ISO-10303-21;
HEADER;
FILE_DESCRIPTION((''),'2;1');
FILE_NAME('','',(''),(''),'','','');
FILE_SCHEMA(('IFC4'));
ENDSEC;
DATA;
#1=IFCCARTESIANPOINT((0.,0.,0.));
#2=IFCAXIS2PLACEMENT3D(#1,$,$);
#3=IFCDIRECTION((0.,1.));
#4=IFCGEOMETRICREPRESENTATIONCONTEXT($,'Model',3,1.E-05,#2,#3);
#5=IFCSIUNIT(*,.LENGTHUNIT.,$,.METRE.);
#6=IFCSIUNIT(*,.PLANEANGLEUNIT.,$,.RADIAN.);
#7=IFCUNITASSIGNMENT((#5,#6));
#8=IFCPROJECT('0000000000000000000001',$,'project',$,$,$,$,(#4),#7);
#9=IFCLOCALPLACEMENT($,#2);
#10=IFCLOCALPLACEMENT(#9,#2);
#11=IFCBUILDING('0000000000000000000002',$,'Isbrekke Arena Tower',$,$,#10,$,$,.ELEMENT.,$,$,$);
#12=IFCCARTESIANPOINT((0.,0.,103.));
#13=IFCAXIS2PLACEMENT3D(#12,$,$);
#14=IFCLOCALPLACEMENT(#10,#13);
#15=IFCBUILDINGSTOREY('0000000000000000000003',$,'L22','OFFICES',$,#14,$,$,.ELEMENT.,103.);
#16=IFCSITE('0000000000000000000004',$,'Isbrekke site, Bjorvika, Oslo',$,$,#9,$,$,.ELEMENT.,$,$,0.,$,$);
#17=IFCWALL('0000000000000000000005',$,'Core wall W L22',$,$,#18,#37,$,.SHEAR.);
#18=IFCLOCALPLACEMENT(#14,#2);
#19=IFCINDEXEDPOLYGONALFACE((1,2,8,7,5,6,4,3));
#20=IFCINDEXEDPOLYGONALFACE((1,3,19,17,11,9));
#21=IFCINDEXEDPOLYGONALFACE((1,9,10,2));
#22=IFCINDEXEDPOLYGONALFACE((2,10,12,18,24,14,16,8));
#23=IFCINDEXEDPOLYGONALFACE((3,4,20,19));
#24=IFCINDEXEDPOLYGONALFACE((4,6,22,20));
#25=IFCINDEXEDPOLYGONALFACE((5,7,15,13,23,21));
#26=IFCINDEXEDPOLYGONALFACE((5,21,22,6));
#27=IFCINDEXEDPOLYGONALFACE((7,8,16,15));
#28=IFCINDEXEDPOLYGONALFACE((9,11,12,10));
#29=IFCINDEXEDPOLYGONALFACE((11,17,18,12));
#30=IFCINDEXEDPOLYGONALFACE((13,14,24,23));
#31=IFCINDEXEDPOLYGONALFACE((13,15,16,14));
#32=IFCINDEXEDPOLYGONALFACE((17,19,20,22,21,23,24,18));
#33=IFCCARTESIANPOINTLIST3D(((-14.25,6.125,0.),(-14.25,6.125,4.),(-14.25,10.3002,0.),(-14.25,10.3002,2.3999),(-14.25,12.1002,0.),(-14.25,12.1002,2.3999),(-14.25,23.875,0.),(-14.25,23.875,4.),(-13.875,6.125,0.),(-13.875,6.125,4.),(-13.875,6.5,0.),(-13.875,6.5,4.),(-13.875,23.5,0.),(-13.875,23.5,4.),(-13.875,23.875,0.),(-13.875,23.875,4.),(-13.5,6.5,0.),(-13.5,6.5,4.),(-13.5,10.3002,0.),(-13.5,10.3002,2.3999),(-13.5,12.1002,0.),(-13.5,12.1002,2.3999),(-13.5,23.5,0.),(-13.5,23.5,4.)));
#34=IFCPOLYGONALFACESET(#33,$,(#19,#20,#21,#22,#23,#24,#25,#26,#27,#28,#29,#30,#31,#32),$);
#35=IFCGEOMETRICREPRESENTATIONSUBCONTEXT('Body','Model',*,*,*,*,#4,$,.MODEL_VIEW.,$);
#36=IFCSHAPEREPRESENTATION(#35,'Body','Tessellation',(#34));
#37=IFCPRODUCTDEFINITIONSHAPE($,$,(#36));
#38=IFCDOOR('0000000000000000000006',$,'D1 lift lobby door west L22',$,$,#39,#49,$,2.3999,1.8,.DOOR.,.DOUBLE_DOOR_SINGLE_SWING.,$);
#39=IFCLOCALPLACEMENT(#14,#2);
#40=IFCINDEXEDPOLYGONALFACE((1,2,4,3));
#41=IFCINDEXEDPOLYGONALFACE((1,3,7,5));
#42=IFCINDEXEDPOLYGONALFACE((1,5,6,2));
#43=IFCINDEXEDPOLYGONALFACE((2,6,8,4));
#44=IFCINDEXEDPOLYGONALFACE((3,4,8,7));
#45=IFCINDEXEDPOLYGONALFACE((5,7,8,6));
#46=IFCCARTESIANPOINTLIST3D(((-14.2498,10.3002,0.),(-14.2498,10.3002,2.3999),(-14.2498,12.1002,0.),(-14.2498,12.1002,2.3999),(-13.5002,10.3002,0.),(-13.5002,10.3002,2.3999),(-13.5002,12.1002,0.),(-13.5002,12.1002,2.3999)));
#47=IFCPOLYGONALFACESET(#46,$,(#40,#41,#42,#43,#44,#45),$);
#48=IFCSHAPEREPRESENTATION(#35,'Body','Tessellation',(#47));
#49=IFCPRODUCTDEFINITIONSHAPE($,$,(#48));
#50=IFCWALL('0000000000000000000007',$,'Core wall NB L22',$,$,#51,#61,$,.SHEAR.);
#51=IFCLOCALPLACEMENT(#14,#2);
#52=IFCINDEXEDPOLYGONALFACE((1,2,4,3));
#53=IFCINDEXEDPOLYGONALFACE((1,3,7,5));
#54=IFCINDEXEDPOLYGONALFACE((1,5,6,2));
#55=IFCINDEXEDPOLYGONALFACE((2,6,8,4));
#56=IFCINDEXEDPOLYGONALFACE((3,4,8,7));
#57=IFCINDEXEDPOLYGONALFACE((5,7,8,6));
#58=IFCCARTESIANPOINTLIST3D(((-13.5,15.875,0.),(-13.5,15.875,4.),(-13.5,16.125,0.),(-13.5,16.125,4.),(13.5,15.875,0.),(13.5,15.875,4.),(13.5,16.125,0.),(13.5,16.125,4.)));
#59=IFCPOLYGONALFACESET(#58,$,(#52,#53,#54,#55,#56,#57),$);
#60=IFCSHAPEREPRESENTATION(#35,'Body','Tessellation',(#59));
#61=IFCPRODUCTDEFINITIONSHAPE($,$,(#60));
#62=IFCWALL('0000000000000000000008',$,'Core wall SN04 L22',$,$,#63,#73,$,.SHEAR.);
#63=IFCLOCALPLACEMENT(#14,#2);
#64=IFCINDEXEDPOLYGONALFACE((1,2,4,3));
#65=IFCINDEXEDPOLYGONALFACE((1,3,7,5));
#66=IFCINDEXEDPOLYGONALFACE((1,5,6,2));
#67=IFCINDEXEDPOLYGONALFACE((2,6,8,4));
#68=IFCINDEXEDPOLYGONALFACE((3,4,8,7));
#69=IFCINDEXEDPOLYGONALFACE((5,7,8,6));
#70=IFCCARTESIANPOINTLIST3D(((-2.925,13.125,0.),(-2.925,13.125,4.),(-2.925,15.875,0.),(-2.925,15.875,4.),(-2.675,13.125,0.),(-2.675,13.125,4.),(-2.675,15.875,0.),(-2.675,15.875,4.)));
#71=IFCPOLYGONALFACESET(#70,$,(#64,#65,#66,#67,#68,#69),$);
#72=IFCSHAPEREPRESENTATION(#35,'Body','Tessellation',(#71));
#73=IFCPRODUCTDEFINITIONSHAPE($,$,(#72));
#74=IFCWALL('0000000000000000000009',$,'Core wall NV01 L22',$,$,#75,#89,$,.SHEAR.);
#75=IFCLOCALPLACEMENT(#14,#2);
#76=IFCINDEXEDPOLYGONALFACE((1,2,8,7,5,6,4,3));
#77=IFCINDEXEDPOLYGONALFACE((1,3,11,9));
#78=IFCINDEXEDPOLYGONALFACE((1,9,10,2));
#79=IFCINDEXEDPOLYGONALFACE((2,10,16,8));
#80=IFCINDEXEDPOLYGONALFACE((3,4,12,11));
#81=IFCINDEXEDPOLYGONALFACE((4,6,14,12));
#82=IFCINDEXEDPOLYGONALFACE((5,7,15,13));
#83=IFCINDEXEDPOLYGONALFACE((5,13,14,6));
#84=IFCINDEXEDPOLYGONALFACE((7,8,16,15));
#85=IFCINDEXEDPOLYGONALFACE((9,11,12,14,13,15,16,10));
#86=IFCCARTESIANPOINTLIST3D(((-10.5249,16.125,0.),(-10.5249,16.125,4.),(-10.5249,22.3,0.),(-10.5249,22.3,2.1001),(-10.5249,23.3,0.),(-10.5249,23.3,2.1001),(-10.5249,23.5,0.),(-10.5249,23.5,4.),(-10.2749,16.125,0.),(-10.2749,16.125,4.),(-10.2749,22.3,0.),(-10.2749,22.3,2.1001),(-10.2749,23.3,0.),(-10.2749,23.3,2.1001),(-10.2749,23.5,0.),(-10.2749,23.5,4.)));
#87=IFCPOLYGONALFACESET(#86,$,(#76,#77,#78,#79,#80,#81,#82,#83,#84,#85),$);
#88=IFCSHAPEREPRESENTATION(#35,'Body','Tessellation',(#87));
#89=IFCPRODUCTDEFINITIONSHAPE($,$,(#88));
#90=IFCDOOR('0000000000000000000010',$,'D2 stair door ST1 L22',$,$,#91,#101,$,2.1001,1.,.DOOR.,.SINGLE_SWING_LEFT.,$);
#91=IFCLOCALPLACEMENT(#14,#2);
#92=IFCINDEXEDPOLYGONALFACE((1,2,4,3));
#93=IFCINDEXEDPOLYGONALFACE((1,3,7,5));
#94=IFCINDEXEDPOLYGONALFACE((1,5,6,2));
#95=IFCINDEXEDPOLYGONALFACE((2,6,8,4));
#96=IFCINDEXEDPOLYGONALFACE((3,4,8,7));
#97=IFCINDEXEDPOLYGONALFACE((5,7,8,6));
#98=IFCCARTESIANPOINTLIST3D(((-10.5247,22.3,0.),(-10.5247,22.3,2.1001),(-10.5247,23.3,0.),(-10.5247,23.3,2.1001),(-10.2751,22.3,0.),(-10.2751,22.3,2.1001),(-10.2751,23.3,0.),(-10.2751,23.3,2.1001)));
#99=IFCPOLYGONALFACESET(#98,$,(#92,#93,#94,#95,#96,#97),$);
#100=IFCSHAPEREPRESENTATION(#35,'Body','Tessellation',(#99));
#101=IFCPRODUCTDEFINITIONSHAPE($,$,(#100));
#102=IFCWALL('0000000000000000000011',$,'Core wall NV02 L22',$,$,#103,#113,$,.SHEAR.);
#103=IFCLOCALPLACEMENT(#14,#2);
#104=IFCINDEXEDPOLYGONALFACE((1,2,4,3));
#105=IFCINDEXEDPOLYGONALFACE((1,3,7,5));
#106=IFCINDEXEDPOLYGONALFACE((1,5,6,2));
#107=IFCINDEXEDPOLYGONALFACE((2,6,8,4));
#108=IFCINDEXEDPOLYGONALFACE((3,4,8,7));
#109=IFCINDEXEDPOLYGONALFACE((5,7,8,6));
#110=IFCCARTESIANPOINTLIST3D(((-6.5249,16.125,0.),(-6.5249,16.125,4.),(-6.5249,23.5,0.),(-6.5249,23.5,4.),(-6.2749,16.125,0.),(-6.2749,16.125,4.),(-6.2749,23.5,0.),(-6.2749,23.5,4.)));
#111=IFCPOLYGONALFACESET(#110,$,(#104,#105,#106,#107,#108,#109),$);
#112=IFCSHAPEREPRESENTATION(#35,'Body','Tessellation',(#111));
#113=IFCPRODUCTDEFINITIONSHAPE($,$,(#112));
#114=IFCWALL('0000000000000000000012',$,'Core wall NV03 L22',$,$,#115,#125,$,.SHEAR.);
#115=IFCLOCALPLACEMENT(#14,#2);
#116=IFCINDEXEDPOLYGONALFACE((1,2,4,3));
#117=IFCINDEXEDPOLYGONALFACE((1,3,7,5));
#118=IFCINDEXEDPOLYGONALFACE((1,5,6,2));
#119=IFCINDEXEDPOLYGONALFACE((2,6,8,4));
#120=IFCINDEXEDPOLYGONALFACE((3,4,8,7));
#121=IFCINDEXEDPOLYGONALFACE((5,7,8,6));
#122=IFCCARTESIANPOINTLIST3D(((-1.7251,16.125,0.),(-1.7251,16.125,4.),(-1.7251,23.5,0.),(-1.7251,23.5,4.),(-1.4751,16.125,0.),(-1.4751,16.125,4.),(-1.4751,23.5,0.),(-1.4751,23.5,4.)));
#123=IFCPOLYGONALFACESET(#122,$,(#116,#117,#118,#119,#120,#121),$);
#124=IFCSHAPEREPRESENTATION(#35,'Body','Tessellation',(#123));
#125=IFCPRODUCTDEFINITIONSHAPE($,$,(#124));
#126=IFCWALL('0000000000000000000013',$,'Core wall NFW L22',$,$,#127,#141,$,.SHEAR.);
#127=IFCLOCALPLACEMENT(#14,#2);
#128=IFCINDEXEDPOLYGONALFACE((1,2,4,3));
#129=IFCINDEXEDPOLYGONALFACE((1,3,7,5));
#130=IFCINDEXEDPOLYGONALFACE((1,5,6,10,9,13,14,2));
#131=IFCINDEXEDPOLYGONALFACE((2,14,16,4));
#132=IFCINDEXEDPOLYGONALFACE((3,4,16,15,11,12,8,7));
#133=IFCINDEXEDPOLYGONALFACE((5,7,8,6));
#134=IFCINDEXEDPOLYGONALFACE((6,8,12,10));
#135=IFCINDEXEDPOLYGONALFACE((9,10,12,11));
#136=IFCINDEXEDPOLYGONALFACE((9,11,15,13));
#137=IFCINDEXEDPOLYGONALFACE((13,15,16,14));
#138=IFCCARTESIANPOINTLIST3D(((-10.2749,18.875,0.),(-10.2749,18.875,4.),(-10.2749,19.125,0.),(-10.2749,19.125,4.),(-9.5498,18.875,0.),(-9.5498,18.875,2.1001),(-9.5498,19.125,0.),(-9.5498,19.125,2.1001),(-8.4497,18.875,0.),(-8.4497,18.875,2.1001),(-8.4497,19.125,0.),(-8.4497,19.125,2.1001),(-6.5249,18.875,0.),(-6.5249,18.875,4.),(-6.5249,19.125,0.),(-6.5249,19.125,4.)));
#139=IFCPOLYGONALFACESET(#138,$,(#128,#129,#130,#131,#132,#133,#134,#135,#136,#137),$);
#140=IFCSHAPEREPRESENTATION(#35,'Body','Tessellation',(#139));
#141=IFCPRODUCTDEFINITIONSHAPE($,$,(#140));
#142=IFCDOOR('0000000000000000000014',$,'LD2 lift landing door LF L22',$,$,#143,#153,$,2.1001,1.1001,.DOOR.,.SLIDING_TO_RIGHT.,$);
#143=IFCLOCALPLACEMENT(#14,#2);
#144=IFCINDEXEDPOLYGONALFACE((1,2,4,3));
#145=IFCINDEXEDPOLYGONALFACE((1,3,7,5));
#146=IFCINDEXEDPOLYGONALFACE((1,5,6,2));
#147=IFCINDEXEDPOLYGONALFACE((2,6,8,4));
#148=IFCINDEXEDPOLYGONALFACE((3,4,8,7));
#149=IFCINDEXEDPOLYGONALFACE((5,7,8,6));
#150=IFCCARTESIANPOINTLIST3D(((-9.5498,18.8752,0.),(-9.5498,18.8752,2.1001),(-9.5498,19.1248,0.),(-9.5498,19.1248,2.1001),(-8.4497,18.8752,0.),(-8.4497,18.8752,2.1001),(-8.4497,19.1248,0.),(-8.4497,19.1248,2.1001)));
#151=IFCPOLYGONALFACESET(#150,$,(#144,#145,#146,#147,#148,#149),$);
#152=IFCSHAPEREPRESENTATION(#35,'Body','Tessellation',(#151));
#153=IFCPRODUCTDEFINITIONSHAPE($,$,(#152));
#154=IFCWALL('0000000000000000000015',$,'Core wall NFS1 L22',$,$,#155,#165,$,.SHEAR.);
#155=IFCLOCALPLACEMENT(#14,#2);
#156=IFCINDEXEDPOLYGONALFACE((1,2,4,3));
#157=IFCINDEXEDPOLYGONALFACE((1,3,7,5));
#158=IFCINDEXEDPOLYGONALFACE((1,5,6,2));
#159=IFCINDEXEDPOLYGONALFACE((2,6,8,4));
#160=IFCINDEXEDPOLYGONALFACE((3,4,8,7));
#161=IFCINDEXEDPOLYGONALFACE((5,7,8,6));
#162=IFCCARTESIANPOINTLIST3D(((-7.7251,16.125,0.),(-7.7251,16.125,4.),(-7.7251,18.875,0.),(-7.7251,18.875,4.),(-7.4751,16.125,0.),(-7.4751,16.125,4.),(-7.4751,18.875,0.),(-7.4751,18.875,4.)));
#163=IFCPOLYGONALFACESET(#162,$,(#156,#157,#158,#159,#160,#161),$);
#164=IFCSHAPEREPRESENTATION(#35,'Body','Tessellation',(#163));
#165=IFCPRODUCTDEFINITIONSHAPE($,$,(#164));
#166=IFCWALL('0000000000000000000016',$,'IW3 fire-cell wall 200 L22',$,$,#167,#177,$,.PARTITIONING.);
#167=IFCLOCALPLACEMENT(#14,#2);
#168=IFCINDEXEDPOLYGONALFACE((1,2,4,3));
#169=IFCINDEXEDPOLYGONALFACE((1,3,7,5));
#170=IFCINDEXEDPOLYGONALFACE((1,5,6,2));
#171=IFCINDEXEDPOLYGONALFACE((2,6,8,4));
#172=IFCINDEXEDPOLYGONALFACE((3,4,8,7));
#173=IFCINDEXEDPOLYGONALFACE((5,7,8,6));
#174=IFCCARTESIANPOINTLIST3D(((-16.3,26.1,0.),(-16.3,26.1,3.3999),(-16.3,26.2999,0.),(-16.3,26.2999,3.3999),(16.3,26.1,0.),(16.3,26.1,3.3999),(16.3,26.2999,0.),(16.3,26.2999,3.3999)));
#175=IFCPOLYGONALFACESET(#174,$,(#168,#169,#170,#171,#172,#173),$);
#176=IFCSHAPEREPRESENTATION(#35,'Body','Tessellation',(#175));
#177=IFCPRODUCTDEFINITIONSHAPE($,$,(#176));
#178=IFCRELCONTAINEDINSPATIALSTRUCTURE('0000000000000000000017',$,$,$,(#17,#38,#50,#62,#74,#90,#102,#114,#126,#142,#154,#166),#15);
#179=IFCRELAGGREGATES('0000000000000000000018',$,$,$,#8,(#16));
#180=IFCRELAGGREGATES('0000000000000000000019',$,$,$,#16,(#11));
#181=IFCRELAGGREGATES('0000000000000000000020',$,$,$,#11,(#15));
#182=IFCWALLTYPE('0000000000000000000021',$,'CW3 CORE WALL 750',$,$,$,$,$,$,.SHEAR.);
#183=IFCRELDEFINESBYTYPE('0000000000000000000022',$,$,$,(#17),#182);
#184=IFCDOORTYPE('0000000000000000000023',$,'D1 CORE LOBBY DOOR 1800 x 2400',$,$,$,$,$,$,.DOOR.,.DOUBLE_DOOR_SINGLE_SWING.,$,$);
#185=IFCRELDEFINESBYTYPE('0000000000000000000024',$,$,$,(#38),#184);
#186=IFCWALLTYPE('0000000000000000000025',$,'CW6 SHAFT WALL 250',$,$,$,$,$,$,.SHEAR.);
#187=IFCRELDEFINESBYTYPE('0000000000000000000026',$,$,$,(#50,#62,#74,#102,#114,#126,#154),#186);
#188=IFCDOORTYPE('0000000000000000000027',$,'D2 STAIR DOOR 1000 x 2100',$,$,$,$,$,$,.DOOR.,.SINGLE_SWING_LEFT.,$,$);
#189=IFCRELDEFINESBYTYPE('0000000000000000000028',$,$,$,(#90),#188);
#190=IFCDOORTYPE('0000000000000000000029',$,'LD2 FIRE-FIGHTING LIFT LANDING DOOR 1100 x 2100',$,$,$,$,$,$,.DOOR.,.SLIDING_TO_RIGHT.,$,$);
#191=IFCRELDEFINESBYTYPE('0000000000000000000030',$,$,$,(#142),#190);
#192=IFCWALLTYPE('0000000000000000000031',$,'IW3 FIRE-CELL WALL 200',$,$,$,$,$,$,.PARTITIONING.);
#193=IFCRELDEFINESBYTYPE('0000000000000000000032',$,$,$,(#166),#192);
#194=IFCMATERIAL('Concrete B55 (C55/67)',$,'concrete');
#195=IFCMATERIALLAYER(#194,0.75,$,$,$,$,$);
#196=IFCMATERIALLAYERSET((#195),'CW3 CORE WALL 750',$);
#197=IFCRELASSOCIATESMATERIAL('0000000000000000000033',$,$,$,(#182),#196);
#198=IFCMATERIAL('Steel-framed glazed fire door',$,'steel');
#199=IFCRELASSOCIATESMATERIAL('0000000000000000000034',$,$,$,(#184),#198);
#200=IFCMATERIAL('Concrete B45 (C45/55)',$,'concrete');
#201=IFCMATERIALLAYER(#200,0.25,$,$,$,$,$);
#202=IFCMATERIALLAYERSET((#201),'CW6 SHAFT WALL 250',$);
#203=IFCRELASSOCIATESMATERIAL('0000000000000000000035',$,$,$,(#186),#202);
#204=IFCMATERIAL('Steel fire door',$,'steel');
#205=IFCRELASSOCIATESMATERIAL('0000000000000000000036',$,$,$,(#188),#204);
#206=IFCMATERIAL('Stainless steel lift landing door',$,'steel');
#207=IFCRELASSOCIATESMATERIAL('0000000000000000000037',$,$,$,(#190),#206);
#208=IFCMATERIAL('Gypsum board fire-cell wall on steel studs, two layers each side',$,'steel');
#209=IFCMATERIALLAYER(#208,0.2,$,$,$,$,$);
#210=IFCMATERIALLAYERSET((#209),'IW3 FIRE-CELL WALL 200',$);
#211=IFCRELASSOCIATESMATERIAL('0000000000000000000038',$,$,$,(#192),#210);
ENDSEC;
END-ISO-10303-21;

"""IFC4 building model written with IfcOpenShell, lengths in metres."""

from ifc_helpers import new_model, si_unit, direction, frame, frame_2d, origin, place, context, subcontext, project, spatial, polyline, rectangle, outline, extrude, material, layer, layer_set, type_object, element, fill, save


model = new_model("IFC4")

# Units and contexts
model_context = context("Model", 3, precision=1e-05, world=origin(), true_north=direction((0.0, 1.0)))
body_context = subcontext(model_context, "Body", "Model", "MODEL_VIEW")
ifc_project = project(units=[si_unit("LENGTHUNIT", "METRE"), si_unit("PLANEANGLEUNIT", "RADIAN")], contexts=[model_context])

# Site, building, storey
site_placement = place(None, origin())
site = spatial("IfcSite", under=ifc_project, at=site_placement, Name="Isbrekke site, Bjorvika, Oslo", CompositionType="ELEMENT", RefElevation=0.0)
building_placement = place(site_placement, origin())
building = spatial("IfcBuilding", under=site, at=building_placement, Name="Isbrekke Arena Tower", CompositionType="ELEMENT")
storey_placement = place(building_placement, frame((0.0, 0.0, 103.0)))
storey = spatial("IfcBuildingStorey", under=building, at=storey_placement, Name="L22", Description="OFFICES", CompositionType="ELEMENT", Elevation=103.0)

# Wall, opening, door
ifc_material_1 = material(Name="Concrete B55 (C55/67)", Category="concrete")
ifc_layer_1 = layer(ifc_material_1, 0.75)
ifc_layer_set_1 = layer_set([ifc_layer_1], Name="CW3 CORE WALL 750")
wall_type_1 = type_object("IfcWallType", Name="CW3 CORE WALL 750", PredefinedType="SHEAR", material=ifc_layer_set_1)
wall_1_placement = place(storey_placement, frame((-13.875, 23.875, 0.0), z_axis=(0.0, 0.0, 1.0), x_axis=(0.0, -1.0, 0.0)))
wall_1 = element("IfcWall", 1, at=wall_1_placement, inside=storey, type_object=wall_type_1, Name="Core wall W L22", PredefinedType="SHEAR", context=body_context, shape_type="SweptSolid", body=[
    extrude(outline(polyline([(0.0, -0.375), (17.75, -0.375), (17.75, 0.0), (17.375, 0.0), (17.375, 0.375), (0.375, 0.375), (0.375, 0.0), (0.0, 0.0), (0.0, -0.375)])), origin(), (0.0, 0.0, 1.0), 4.0),
])
opening_1_placement = place(wall_1_placement, frame((11.7749, 0.0, 0.0)))
opening_1 = element("IfcOpeningElement", 2, at=opening_1_placement, cuts=wall_1, PredefinedType="OPENING", context=body_context, shape_type="SweptSolid", body=[
    extrude(rectangle(XDim=1.8, YDim=2.3999, at=frame_2d((0.8999, 1.2))), frame((0.0, 0.3899, 0.0), z_axis=(0.0, -1.0, 0.0), x_axis=(1.0, 0.0, 0.0)), (0.0, 0.0, 1.0), 0.7798),
])
ifc_material_2 = material(Name="Steel-framed glazed fire door", Category="steel")
door_type_1 = type_object("IfcDoorType", Name="D1 CORE LOBBY DOOR 1800 x 2400", OperationType="DOUBLE_DOOR_SINGLE_SWING", PredefinedType="DOOR", material=ifc_material_2)
door_1_placement = place(opening_1_placement, origin())
door_1 = element("IfcDoor", 3, at=door_1_placement, inside=storey, type_object=door_type_1, Name="D1 lift lobby door west L22", OperationType="DOUBLE_DOOR_SINGLE_SWING", OverallHeight=2.3999, OverallWidth=1.8, PredefinedType="DOOR", context=body_context, shape_type="SweptSolid", body=[
    extrude(rectangle(XDim=1.8, YDim=2.3999, at=frame_2d((0.8999, 1.2))), frame((0.0, 0.3748, 0.0), z_axis=(0.0, -1.0, 0.0), x_axis=(1.0, 0.0, 0.0)), (0.0, 0.0, 1.0), 0.7495),
])
fill(opening_1, door_1)

# Walls
ifc_material_3 = material(Name="Concrete B45 (C45/55)", Category="concrete")
ifc_layer_2 = layer(ifc_material_3, 0.25)
ifc_layer_set_2 = layer_set([ifc_layer_2], Name="CW6 SHAFT WALL 250")
wall_type_2 = type_object("IfcWallType", Name="CW6 SHAFT WALL 250", PredefinedType="SHEAR", material=ifc_layer_set_2)
wall_2_placement = place(storey_placement, frame((-13.5, 16.0, 0.0), z_axis=(0.0, 0.0, 1.0), x_axis=(1.0, 0.0, 0.0)))
element("IfcWall", 4, at=wall_2_placement, inside=storey, type_object=wall_type_2, Name="Core wall NB L22", PredefinedType="SHEAR", context=body_context, shape_type="SweptSolid", body=[
    extrude(rectangle(XDim=27.0, YDim=0.25, at=frame_2d((13.5, 0.0))), origin(), (0.0, 0.0, 1.0), 4.0),
])
wall_3_placement = place(storey_placement, frame((-2.8, 13.125, 0.0), z_axis=(0.0, 0.0, 1.0), x_axis=(0.0, 1.0, 0.0)))
element("IfcWall", 5, at=wall_3_placement, inside=storey, type_object=wall_type_2, Name="Core wall SN04 L22", PredefinedType="SHEAR", context=body_context, shape_type="SweptSolid", body=[
    extrude(rectangle(XDim=2.75, YDim=0.25, at=frame_2d((1.375, 0.0))), origin(), (0.0, 0.0, 1.0), 4.0),
])

# Wall, opening, door
wall_4_placement = place(storey_placement, frame((-10.3999, 16.125, 0.0), z_axis=(0.0, 0.0, 1.0), x_axis=(0.0, 1.0, 0.0)))
wall_4 = element("IfcWall", 6, at=wall_4_placement, inside=storey, type_object=wall_type_2, Name="Core wall NV01 L22", PredefinedType="SHEAR", context=body_context, shape_type="SweptSolid", body=[
    extrude(rectangle(XDim=7.375, YDim=0.25, at=frame_2d((3.6875, 0.0))), origin(), (0.0, 0.0, 1.0), 4.0),
])
opening_2_placement = place(wall_4_placement, frame((6.175, 0.0, 0.0)))
opening_2 = element("IfcOpeningElement", 7, at=opening_2_placement, cuts=wall_4, PredefinedType="OPENING", context=body_context, shape_type="SweptSolid", body=[
    extrude(rectangle(XDim=1.0, YDim=2.1001, at=frame_2d((0.5, 1.05))), frame((0.0, 0.1399, 0.0), z_axis=(0.0, -1.0, 0.0), x_axis=(1.0, 0.0, 0.0)), (0.0, 0.0, 1.0), 0.2798),
])
ifc_material_4 = material(Name="Steel fire door", Category="steel")
door_type_2 = type_object("IfcDoorType", Name="D2 STAIR DOOR 1000 x 2100", OperationType="SINGLE_SWING_LEFT", PredefinedType="DOOR", material=ifc_material_4)
door_2_placement = place(opening_2_placement, origin())
door_2 = element("IfcDoor", 8, at=door_2_placement, inside=storey, type_object=door_type_2, Name="D2 stair door ST1 L22", OperationType="SINGLE_SWING_LEFT", OverallHeight=2.1001, OverallWidth=1.0, PredefinedType="DOOR", context=body_context, shape_type="SweptSolid", body=[
    extrude(rectangle(XDim=1.0, YDim=2.1001, at=frame_2d((0.5, 1.05))), frame((0.0, 0.1248, 0.0), z_axis=(0.0, -1.0, 0.0), x_axis=(1.0, 0.0, 0.0)), (0.0, 0.0, 1.0), 0.2495),
])
fill(opening_2, door_2)

# Walls
for number, where, z_axis, x_axis, name in (
    (9, (-6.3999, 16.125, 0.0), (0.0, 0.0, 1.0), (0.0, 1.0, 0.0), "Core wall NV02 L22"),
    (10, (-1.6001, 16.125, 0.0), (0.0, 0.0, 1.0), (0.0, 1.0, 0.0), "Core wall NV03 L22"),
):
    element("IfcWall", number, at=place(storey_placement, frame(where, z_axis=z_axis, x_axis=x_axis)), inside=storey, type_object=wall_type_2, Name=name, PredefinedType="SHEAR", context=body_context, shape_type="SweptSolid", body=[
        extrude(rectangle(XDim=7.375, YDim=0.25, at=frame_2d((3.6875, 0.0))), origin(), (0.0, 0.0, 1.0), 4.0),
    ])

# Wall, opening, door
wall_5_placement = place(storey_placement, frame((-10.2749, 19.0, 0.0), z_axis=(0.0, 0.0, 1.0), x_axis=(1.0, 0.0, 0.0)))
wall_5 = element("IfcWall", 11, at=wall_5_placement, inside=storey, type_object=wall_type_2, Name="Core wall NFW L22", PredefinedType="SHEAR", context=body_context, shape_type="SweptSolid", body=[
    extrude(rectangle(XDim=3.75, YDim=0.25, at=frame_2d((1.875, 0.0))), origin(), (0.0, 0.0, 1.0), 4.0),
])
opening_3_placement = place(wall_5_placement, frame((0.7251, 0.0, 0.0)))
opening_3 = element("IfcOpeningElement", 12, at=opening_3_placement, cuts=wall_5, PredefinedType="OPENING", context=body_context, shape_type="SweptSolid", body=[
    extrude(rectangle(XDim=1.1001, YDim=2.1001, at=frame_2d((0.55, 1.05))), frame((0.0, 0.1399, 0.0), z_axis=(0.0, -1.0, 0.0), x_axis=(1.0, 0.0, 0.0)), (0.0, 0.0, 1.0), 0.2798),
])
ifc_material_5 = material(Name="Stainless steel lift landing door", Category="steel")
door_type_3 = type_object("IfcDoorType", Name="LD2 FIRE-FIGHTING LIFT LANDING DOOR 1100 x 2100", OperationType="SLIDING_TO_RIGHT", PredefinedType="DOOR", material=ifc_material_5)
door_3_placement = place(opening_3_placement, origin())
door_3 = element("IfcDoor", 13, at=door_3_placement, inside=storey, type_object=door_type_3, Name="LD2 lift landing door LF L22", OperationType="SLIDING_TO_RIGHT", OverallHeight=2.1001, OverallWidth=1.1001, PredefinedType="DOOR", context=body_context, shape_type="SweptSolid", body=[
    extrude(rectangle(XDim=1.1001, YDim=2.1001, at=frame_2d((0.55, 1.05))), frame((0.0, 0.1248, 0.0), z_axis=(0.0, -1.0, 0.0), x_axis=(1.0, 0.0, 0.0)), (0.0, 0.0, 1.0), 0.2495),
])
fill(opening_3, door_3)

# Walls
wall_6_placement = place(storey_placement, frame((-7.6001, 16.125, 0.0), z_axis=(0.0, 0.0, 1.0), x_axis=(0.0, 1.0, 0.0)))
element("IfcWall", 14, at=wall_6_placement, inside=storey, type_object=wall_type_2, Name="Core wall NFS1 L22", PredefinedType="SHEAR", context=body_context, shape_type="SweptSolid", body=[
    extrude(rectangle(XDim=2.75, YDim=0.25, at=frame_2d((1.375, 0.0))), origin(), (0.0, 0.0, 1.0), 4.0),
])
ifc_material_6 = material(Name="Gypsum board fire-cell wall on steel studs, two layers each side", Category="steel")
ifc_layer_3 = layer(ifc_material_6, 0.2)
ifc_layer_set_3 = layer_set([ifc_layer_3], Name="IW3 FIRE-CELL WALL 200")
wall_type_3 = type_object("IfcWallType", Name="IW3 FIRE-CELL WALL 200", PredefinedType="PARTITIONING", material=ifc_layer_set_3)
wall_7_placement = place(storey_placement, frame((-16.3, 26.2, 0.0), z_axis=(0.0, 0.0, 1.0), x_axis=(1.0, 0.0, 0.0)))
element("IfcWall", 15, at=wall_7_placement, inside=storey, type_object=wall_type_3, Name="IW3 fire-cell wall 200 L22", PredefinedType="PARTITIONING", context=body_context, shape_type="SweptSolid", body=[
    extrude(rectangle(XDim=32.6001, YDim=0.2, at=frame_2d((16.3, 0.0))), origin(), (0.0, 0.0, 1.0), 3.3999),
])

save(model, "model.ifc")
